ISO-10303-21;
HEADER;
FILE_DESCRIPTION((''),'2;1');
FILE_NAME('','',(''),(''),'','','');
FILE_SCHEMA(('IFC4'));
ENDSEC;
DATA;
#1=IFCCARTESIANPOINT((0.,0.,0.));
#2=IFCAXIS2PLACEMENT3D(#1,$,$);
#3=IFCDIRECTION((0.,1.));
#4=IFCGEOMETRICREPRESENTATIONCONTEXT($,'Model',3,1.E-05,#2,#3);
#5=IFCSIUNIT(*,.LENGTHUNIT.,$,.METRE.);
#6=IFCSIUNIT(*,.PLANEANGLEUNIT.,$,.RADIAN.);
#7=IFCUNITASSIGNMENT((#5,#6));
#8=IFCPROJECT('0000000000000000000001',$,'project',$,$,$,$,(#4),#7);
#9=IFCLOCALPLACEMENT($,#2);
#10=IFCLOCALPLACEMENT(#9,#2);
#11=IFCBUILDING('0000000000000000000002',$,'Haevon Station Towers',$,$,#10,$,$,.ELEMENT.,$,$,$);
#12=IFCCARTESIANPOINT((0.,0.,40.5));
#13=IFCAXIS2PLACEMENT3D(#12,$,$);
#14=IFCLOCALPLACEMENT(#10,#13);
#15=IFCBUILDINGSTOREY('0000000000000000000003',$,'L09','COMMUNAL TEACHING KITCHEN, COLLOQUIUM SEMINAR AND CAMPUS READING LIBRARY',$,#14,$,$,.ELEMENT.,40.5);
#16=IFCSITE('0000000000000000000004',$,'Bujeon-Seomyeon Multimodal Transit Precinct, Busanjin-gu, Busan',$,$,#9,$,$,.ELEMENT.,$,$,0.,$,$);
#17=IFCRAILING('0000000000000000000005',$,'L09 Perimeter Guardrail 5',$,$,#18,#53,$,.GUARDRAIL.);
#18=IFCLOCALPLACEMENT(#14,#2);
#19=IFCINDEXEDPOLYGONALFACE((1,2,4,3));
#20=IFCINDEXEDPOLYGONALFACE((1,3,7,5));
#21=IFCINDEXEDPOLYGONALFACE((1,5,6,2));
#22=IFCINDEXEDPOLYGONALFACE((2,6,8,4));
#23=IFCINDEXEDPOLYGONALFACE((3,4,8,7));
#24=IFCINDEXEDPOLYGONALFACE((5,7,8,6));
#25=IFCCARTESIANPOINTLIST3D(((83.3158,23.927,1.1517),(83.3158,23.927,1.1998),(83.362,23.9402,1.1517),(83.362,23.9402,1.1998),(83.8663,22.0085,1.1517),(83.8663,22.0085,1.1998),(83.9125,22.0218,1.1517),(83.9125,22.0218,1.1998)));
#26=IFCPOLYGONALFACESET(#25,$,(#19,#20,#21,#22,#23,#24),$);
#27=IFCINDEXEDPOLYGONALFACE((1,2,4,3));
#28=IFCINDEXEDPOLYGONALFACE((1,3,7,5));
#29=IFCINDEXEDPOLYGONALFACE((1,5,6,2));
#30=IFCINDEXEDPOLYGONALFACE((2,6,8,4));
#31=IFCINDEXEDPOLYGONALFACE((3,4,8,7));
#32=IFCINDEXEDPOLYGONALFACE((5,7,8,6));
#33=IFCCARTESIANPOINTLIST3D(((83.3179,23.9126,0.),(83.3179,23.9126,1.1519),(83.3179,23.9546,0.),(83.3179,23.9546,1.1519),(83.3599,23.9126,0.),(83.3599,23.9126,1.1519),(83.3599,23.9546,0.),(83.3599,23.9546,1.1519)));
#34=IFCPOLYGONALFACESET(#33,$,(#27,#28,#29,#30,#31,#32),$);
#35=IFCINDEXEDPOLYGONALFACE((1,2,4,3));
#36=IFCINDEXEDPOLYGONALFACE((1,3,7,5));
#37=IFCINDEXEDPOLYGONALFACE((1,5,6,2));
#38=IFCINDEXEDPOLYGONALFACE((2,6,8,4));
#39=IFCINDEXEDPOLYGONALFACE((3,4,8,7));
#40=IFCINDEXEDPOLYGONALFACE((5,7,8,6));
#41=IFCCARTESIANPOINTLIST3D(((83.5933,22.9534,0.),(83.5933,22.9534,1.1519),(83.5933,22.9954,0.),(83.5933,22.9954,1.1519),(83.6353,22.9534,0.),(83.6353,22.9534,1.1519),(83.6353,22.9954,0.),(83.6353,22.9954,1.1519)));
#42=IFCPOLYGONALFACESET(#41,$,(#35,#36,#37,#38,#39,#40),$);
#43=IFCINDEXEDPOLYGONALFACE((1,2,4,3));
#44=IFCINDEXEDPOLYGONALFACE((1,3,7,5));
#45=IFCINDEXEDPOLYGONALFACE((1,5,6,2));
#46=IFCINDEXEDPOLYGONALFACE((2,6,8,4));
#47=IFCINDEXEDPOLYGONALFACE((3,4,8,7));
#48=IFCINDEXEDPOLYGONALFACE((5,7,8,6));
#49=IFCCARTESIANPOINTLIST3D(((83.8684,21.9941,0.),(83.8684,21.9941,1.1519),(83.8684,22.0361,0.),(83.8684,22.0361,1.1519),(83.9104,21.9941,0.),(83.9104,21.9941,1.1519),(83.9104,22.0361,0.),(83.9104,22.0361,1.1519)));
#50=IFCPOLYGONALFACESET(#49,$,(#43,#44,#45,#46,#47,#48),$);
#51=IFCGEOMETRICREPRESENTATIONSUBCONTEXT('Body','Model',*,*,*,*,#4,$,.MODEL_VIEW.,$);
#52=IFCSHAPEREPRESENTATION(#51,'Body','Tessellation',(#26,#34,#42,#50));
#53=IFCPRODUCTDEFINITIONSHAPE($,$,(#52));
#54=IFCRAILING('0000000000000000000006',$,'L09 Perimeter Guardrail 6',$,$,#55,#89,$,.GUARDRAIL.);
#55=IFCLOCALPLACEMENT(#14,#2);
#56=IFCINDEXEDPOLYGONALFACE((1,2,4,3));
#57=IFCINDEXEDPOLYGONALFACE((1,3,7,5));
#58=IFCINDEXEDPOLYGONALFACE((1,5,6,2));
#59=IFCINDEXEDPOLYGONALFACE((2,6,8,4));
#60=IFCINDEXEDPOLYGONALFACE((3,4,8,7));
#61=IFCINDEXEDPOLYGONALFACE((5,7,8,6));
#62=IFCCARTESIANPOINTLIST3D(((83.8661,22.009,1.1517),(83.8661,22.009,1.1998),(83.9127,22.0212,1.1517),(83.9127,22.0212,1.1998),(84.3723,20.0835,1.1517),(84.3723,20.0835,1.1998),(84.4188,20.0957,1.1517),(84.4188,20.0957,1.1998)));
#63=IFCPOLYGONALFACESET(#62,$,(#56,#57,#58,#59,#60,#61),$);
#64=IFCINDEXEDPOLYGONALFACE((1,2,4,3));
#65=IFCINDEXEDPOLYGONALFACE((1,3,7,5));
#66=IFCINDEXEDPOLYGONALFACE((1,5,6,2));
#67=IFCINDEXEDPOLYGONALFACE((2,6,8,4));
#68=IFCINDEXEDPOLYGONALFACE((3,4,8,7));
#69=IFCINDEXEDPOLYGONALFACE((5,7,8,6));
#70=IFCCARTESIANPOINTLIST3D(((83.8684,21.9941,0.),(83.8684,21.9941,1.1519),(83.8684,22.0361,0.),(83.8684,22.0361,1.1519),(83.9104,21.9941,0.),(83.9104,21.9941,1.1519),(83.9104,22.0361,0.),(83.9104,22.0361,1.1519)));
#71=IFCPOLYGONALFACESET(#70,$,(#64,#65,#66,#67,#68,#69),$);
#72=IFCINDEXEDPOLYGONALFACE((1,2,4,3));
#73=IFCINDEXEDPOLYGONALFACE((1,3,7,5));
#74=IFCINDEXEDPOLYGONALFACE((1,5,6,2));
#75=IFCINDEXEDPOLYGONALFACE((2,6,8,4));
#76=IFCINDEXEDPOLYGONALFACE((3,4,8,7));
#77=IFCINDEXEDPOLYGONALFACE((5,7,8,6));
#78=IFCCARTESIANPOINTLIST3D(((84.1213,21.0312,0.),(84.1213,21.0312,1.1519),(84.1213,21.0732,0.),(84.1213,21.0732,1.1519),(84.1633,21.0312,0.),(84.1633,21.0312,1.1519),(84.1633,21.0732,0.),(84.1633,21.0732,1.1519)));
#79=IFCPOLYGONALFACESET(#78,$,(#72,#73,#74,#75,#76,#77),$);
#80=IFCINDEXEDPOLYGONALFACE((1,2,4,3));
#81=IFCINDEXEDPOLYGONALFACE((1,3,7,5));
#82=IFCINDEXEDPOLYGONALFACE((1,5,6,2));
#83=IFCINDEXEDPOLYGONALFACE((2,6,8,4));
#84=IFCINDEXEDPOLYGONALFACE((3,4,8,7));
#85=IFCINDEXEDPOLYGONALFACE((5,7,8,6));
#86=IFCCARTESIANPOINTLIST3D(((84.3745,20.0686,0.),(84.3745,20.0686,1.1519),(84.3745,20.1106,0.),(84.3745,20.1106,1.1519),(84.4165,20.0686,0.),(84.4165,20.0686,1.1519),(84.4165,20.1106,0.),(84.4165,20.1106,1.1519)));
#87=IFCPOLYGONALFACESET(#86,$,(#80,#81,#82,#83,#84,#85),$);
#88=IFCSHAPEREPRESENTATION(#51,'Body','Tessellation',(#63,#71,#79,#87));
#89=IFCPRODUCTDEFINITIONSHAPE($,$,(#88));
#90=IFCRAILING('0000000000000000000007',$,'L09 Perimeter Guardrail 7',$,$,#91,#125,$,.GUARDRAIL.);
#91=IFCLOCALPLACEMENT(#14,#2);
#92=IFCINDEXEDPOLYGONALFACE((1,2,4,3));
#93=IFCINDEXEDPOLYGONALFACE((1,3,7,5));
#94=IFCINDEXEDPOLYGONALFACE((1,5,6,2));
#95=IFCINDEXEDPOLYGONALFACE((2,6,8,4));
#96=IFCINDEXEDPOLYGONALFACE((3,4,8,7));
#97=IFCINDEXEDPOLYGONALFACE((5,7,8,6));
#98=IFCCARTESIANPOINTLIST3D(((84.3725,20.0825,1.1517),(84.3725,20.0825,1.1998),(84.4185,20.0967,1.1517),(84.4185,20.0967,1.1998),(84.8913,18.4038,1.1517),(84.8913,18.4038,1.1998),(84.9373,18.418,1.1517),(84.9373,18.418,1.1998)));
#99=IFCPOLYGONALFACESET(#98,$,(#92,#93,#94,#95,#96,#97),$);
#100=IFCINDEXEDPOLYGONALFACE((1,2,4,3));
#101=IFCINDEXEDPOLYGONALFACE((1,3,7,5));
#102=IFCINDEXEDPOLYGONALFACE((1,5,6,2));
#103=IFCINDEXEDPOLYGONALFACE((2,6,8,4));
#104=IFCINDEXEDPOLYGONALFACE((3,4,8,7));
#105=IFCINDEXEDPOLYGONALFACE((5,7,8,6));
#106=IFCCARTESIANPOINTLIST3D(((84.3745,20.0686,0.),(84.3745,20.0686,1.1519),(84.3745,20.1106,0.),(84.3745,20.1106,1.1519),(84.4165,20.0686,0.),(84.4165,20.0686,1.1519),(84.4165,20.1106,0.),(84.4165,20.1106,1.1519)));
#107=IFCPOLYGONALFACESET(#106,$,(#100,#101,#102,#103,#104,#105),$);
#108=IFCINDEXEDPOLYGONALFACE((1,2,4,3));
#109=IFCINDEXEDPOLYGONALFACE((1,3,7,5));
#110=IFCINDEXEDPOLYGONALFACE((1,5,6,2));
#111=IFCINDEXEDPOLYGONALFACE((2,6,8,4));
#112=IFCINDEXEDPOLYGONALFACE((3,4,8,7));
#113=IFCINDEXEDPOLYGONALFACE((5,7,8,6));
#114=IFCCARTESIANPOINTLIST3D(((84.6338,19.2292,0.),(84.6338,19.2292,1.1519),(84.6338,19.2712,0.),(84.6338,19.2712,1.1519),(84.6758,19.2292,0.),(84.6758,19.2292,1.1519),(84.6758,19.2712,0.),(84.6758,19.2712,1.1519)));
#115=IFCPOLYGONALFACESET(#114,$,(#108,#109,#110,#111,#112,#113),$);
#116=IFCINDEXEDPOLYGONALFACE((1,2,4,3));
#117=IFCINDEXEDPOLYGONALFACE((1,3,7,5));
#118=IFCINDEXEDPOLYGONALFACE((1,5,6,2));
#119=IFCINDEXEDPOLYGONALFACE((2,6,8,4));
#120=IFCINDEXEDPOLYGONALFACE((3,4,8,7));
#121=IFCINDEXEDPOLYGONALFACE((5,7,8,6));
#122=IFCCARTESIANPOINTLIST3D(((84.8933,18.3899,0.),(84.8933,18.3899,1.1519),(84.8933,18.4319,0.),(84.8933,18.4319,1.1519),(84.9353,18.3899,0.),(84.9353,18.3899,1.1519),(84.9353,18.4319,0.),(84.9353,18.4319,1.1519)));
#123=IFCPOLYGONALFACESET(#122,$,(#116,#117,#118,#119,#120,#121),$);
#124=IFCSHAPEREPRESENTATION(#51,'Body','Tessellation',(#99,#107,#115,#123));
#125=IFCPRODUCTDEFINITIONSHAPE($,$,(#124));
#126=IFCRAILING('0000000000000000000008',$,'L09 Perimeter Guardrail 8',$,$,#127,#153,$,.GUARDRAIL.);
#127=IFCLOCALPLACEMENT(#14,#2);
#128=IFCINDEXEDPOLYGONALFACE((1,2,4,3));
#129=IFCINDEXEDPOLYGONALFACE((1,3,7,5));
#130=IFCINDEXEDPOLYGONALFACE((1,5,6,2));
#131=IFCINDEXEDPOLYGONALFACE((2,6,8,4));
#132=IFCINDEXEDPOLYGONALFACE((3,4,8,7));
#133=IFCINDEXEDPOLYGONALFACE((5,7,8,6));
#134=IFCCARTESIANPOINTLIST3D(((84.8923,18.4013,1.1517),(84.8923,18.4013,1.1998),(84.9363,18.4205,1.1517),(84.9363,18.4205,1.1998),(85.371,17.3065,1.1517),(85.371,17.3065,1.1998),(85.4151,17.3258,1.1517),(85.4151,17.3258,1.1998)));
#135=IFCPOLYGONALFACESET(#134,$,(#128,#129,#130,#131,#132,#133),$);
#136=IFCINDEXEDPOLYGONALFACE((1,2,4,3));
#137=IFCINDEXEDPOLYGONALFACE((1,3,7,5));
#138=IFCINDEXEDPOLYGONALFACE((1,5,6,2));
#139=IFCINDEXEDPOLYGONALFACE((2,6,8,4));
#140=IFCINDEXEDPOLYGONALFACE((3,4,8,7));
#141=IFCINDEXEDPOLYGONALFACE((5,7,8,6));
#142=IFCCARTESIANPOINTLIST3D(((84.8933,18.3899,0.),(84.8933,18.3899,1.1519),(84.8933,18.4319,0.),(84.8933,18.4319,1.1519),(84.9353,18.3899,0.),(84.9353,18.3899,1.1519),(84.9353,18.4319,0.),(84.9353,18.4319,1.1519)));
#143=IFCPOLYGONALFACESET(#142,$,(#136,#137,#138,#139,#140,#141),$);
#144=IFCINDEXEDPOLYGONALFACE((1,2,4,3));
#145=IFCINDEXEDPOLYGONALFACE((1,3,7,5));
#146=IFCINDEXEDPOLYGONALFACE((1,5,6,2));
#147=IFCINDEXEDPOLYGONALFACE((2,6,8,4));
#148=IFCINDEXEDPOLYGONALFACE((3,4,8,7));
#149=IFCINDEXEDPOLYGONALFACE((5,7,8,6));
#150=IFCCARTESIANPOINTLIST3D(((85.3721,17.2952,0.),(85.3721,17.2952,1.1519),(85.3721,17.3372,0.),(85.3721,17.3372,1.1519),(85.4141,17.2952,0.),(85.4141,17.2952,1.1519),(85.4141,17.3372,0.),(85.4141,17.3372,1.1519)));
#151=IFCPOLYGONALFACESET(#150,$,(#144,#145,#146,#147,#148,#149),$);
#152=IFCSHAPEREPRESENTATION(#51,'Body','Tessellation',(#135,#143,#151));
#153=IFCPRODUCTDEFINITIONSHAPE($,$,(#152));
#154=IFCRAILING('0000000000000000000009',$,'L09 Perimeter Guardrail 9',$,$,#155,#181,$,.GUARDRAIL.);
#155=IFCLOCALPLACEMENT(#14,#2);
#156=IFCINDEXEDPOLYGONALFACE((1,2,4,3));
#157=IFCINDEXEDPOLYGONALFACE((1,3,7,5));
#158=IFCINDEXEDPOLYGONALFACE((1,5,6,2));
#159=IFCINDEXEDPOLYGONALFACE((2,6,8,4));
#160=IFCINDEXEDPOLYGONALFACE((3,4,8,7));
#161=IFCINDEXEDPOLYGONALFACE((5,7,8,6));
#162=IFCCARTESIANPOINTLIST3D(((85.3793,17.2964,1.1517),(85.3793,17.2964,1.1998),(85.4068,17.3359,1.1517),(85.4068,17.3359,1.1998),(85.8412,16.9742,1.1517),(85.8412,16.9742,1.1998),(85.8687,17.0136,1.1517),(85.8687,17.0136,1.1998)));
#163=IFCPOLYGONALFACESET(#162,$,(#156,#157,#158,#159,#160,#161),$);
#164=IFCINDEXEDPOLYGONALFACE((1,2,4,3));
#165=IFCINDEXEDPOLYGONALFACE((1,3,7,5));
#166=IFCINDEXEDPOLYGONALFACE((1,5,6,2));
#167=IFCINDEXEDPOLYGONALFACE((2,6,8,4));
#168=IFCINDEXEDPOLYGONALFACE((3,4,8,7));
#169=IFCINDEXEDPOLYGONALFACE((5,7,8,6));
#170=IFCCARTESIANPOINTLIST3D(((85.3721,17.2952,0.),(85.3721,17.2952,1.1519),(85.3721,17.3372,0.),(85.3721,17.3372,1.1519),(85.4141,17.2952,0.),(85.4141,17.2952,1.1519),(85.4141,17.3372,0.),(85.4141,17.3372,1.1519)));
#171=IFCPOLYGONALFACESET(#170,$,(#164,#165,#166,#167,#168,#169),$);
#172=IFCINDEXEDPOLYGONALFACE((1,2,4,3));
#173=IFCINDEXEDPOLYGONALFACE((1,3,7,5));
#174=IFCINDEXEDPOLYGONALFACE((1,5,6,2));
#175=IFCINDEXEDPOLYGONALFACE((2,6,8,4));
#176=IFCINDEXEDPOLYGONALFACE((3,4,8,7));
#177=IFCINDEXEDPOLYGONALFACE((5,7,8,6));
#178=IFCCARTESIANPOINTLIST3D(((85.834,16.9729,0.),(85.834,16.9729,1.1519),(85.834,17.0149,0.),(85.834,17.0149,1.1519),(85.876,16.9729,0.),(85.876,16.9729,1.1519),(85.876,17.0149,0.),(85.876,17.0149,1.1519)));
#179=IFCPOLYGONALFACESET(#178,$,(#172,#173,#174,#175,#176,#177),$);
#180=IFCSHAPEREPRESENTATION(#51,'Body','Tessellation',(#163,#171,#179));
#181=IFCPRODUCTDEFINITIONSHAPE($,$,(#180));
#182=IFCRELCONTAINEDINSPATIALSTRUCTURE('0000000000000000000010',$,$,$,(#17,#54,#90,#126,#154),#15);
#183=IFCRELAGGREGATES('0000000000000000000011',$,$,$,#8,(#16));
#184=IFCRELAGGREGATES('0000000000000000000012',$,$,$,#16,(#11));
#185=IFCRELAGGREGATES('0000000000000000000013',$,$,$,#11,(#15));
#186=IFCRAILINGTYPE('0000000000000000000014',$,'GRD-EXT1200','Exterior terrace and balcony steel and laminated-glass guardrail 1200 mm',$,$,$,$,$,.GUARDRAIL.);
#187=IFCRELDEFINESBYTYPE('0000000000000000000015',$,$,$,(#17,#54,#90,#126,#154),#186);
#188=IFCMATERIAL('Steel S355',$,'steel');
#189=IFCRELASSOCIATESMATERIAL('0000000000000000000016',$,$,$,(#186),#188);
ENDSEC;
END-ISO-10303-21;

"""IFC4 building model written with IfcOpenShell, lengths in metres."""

from ifc_helpers import new_model, si_unit, direction, frame, origin, origin_2d, place, context, subcontext, project, spatial, rectangle, extrude, material, type_object, element, save


model = new_model("IFC4")

# Units and contexts
model_context = context("Model", 3, precision=1e-05, world=origin(), true_north=direction((0.0, 1.0)))
body_context = subcontext(model_context, "Body", "Model", "MODEL_VIEW")
ifc_project = project(units=[si_unit("LENGTHUNIT", "METRE"), si_unit("PLANEANGLEUNIT", "RADIAN")], contexts=[model_context])

# Site, building, storey
site_placement = place(None, origin())
site = spatial("IfcSite", under=ifc_project, at=site_placement, Name="Bujeon-Seomyeon Multimodal Transit Precinct, Busanjin-gu, Busan", CompositionType="ELEMENT", RefElevation=0.0)
building_placement = place(site_placement, origin())
building = spatial("IfcBuilding", under=site, at=building_placement, Name="Haevon Station Towers", CompositionType="ELEMENT")
storey_placement = place(building_placement, frame((0.0, 0.0, 40.5)))
storey = spatial("IfcBuildingStorey", under=building, at=storey_placement, Name="L09", Description="COMMUNAL TEACHING KITCHEN, COLLOQUIUM SEMINAR AND CAMPUS READING LIBRARY", CompositionType="ELEMENT", Elevation=40.5)

# Shared definitions
ifc_material_1 = material(Name="Steel S355", Category="steel")

# Railings
railing_type = type_object("IfcRailingType", Name="GRD-EXT1200", Description="Exterior terrace and balcony steel and laminated-glass guardrail 1200 mm", PredefinedType="GUARDRAIL", material=ifc_material_1)
railing_1_placement = place(storey_placement, frame((83.3389, 23.9336, 0.0)))
element("IfcRailing", 1, at=railing_1_placement, inside=storey, type_object=railing_type, Name="L09 Perimeter Guardrail 5", PredefinedType="GUARDRAIL", context=body_context, shape_type="SweptSolid", body=[
    extrude(rectangle(XDim=0.0481, YDim=0.0481, at=origin_2d()), frame((0.0, 0.0, 1.1758), z_axis=(0.275836, -0.961205, 0.0), x_axis=(0.961205, 0.275836, 0.0)), (0.0, 0.0, 1.0), 1.9958),
    extrude(rectangle(XDim=0.042, YDim=0.042, at=origin_2d()), origin(), (0.0, 0.0, 1.0), 1.1519),
    extrude(rectangle(XDim=0.042, YDim=0.042, at=origin_2d()), frame((0.2754, -0.9592, 0.0)), (0.0, 0.0, 1.0), 1.1519),
    extrude(rectangle(XDim=0.042, YDim=0.042, at=origin_2d()), frame((0.5505, -1.9185, 0.0)), (0.0, 0.0, 1.0), 1.1519),
])
railing_2_placement = place(storey_placement, frame((83.8894, 22.0151, 0.0)))
element("IfcRailing", 2, at=railing_2_placement, inside=storey, type_object=railing_type, Name="L09 Perimeter Guardrail 6", PredefinedType="GUARDRAIL", context=body_context, shape_type="SweptSolid", body=[
    extrude(rectangle(XDim=0.0481, YDim=0.0481, at=origin_2d()), frame((0.0, 0.0, 1.1758), z_axis=(0.254204, -0.967151, 0.0), x_axis=(0.967151, 0.254204, 0.0)), (0.0, 0.0, 1.0), 1.991),
    extrude(rectangle(XDim=0.042, YDim=0.042, at=origin_2d()), origin(), (0.0, 0.0, 1.0), 1.1519),
    extrude(rectangle(XDim=0.042, YDim=0.042, at=origin_2d()), frame((0.2529, -0.9629, 0.0)), (0.0, 0.0, 1.0), 1.1519),
    extrude(rectangle(XDim=0.042, YDim=0.042, at=origin_2d()), frame((0.5061, -1.9255, 0.0)), (0.0, 0.0, 1.0), 1.1519),
])
railing_3_placement = place(storey_placement, frame((84.3955, 20.0896, 0.0)))
element("IfcRailing", 3, at=railing_3_placement, inside=storey, type_object=railing_type, Name="L09 Perimeter Guardrail 7", PredefinedType="GUARDRAIL", context=body_context, shape_type="SweptSolid", body=[
    extrude(rectangle(XDim=0.0481, YDim=0.0481, at=origin_2d()), frame((0.0, 0.0, 1.1758), z_axis=(0.295267, -0.955415, 0.0), x_axis=(0.955415, 0.295267, 0.0)), (0.0, 0.0, 1.0), 1.7571),
    extrude(rectangle(XDim=0.042, YDim=0.042, at=origin_2d()), origin(), (0.0, 0.0, 1.0), 1.1519),
    extrude(rectangle(XDim=0.042, YDim=0.042, at=origin_2d()), frame((0.2593, -0.8394, 0.0)), (0.0, 0.0, 1.0), 1.1519),
    extrude(rectangle(XDim=0.042, YDim=0.042, at=origin_2d()), frame((0.5188, -1.6787, 0.0)), (0.0, 0.0, 1.0), 1.1519),
])
railing_4_placement = place(storey_placement, frame((84.9143, 18.4109, 0.0)))
element("IfcRailing", 4, at=railing_4_placement, inside=storey, type_object=railing_type, Name="L09 Perimeter Guardrail 8", PredefinedType="GUARDRAIL", context=body_context, shape_type="SweptSolid", body=[
    extrude(rectangle(XDim=0.0481, YDim=0.0481, at=origin_2d()), frame((0.0, 0.0, 1.1758), z_axis=(0.40069, -0.916214, 0.0), x_axis=(0.916214, 0.40069, 0.0)), (0.0, 0.0, 1.0), 1.1948),
    extrude(rectangle(XDim=0.042, YDim=0.042, at=origin_2d()), origin(), (0.0, 0.0, 1.0), 1.1519),
    extrude(rectangle(XDim=0.042, YDim=0.042, at=origin_2d()), frame((0.4788, -1.0947, 0.0)), (0.0, 0.0, 1.0), 1.1519),
])
railing_5_placement = place(storey_placement, frame((85.3931, 17.3162, 0.0)))
element("IfcRailing", 5, at=railing_5_placement, inside=storey, type_object=railing_type, Name="L09 Perimeter Guardrail 9", PredefinedType="GUARDRAIL", context=body_context, shape_type="SweptSolid", body=[
    extrude(rectangle(XDim=0.0481, YDim=0.0481, at=origin_2d()), frame((0.0, 0.0, 1.1758), z_axis=(0.820127, -0.572182, 0.0), x_axis=(0.572182, 0.820127, 0.0)), (0.0, 0.0, 1.0), 0.5632),
    extrude(rectangle(XDim=0.042, YDim=0.042, at=origin_2d()), origin(), (0.0, 0.0, 1.0), 1.1519),
    extrude(rectangle(XDim=0.042, YDim=0.042, at=origin_2d()), frame((0.4619, -0.3223, 0.0)), (0.0, 0.0, 1.0), 1.1519),
])

save(model, "model.ifc")
